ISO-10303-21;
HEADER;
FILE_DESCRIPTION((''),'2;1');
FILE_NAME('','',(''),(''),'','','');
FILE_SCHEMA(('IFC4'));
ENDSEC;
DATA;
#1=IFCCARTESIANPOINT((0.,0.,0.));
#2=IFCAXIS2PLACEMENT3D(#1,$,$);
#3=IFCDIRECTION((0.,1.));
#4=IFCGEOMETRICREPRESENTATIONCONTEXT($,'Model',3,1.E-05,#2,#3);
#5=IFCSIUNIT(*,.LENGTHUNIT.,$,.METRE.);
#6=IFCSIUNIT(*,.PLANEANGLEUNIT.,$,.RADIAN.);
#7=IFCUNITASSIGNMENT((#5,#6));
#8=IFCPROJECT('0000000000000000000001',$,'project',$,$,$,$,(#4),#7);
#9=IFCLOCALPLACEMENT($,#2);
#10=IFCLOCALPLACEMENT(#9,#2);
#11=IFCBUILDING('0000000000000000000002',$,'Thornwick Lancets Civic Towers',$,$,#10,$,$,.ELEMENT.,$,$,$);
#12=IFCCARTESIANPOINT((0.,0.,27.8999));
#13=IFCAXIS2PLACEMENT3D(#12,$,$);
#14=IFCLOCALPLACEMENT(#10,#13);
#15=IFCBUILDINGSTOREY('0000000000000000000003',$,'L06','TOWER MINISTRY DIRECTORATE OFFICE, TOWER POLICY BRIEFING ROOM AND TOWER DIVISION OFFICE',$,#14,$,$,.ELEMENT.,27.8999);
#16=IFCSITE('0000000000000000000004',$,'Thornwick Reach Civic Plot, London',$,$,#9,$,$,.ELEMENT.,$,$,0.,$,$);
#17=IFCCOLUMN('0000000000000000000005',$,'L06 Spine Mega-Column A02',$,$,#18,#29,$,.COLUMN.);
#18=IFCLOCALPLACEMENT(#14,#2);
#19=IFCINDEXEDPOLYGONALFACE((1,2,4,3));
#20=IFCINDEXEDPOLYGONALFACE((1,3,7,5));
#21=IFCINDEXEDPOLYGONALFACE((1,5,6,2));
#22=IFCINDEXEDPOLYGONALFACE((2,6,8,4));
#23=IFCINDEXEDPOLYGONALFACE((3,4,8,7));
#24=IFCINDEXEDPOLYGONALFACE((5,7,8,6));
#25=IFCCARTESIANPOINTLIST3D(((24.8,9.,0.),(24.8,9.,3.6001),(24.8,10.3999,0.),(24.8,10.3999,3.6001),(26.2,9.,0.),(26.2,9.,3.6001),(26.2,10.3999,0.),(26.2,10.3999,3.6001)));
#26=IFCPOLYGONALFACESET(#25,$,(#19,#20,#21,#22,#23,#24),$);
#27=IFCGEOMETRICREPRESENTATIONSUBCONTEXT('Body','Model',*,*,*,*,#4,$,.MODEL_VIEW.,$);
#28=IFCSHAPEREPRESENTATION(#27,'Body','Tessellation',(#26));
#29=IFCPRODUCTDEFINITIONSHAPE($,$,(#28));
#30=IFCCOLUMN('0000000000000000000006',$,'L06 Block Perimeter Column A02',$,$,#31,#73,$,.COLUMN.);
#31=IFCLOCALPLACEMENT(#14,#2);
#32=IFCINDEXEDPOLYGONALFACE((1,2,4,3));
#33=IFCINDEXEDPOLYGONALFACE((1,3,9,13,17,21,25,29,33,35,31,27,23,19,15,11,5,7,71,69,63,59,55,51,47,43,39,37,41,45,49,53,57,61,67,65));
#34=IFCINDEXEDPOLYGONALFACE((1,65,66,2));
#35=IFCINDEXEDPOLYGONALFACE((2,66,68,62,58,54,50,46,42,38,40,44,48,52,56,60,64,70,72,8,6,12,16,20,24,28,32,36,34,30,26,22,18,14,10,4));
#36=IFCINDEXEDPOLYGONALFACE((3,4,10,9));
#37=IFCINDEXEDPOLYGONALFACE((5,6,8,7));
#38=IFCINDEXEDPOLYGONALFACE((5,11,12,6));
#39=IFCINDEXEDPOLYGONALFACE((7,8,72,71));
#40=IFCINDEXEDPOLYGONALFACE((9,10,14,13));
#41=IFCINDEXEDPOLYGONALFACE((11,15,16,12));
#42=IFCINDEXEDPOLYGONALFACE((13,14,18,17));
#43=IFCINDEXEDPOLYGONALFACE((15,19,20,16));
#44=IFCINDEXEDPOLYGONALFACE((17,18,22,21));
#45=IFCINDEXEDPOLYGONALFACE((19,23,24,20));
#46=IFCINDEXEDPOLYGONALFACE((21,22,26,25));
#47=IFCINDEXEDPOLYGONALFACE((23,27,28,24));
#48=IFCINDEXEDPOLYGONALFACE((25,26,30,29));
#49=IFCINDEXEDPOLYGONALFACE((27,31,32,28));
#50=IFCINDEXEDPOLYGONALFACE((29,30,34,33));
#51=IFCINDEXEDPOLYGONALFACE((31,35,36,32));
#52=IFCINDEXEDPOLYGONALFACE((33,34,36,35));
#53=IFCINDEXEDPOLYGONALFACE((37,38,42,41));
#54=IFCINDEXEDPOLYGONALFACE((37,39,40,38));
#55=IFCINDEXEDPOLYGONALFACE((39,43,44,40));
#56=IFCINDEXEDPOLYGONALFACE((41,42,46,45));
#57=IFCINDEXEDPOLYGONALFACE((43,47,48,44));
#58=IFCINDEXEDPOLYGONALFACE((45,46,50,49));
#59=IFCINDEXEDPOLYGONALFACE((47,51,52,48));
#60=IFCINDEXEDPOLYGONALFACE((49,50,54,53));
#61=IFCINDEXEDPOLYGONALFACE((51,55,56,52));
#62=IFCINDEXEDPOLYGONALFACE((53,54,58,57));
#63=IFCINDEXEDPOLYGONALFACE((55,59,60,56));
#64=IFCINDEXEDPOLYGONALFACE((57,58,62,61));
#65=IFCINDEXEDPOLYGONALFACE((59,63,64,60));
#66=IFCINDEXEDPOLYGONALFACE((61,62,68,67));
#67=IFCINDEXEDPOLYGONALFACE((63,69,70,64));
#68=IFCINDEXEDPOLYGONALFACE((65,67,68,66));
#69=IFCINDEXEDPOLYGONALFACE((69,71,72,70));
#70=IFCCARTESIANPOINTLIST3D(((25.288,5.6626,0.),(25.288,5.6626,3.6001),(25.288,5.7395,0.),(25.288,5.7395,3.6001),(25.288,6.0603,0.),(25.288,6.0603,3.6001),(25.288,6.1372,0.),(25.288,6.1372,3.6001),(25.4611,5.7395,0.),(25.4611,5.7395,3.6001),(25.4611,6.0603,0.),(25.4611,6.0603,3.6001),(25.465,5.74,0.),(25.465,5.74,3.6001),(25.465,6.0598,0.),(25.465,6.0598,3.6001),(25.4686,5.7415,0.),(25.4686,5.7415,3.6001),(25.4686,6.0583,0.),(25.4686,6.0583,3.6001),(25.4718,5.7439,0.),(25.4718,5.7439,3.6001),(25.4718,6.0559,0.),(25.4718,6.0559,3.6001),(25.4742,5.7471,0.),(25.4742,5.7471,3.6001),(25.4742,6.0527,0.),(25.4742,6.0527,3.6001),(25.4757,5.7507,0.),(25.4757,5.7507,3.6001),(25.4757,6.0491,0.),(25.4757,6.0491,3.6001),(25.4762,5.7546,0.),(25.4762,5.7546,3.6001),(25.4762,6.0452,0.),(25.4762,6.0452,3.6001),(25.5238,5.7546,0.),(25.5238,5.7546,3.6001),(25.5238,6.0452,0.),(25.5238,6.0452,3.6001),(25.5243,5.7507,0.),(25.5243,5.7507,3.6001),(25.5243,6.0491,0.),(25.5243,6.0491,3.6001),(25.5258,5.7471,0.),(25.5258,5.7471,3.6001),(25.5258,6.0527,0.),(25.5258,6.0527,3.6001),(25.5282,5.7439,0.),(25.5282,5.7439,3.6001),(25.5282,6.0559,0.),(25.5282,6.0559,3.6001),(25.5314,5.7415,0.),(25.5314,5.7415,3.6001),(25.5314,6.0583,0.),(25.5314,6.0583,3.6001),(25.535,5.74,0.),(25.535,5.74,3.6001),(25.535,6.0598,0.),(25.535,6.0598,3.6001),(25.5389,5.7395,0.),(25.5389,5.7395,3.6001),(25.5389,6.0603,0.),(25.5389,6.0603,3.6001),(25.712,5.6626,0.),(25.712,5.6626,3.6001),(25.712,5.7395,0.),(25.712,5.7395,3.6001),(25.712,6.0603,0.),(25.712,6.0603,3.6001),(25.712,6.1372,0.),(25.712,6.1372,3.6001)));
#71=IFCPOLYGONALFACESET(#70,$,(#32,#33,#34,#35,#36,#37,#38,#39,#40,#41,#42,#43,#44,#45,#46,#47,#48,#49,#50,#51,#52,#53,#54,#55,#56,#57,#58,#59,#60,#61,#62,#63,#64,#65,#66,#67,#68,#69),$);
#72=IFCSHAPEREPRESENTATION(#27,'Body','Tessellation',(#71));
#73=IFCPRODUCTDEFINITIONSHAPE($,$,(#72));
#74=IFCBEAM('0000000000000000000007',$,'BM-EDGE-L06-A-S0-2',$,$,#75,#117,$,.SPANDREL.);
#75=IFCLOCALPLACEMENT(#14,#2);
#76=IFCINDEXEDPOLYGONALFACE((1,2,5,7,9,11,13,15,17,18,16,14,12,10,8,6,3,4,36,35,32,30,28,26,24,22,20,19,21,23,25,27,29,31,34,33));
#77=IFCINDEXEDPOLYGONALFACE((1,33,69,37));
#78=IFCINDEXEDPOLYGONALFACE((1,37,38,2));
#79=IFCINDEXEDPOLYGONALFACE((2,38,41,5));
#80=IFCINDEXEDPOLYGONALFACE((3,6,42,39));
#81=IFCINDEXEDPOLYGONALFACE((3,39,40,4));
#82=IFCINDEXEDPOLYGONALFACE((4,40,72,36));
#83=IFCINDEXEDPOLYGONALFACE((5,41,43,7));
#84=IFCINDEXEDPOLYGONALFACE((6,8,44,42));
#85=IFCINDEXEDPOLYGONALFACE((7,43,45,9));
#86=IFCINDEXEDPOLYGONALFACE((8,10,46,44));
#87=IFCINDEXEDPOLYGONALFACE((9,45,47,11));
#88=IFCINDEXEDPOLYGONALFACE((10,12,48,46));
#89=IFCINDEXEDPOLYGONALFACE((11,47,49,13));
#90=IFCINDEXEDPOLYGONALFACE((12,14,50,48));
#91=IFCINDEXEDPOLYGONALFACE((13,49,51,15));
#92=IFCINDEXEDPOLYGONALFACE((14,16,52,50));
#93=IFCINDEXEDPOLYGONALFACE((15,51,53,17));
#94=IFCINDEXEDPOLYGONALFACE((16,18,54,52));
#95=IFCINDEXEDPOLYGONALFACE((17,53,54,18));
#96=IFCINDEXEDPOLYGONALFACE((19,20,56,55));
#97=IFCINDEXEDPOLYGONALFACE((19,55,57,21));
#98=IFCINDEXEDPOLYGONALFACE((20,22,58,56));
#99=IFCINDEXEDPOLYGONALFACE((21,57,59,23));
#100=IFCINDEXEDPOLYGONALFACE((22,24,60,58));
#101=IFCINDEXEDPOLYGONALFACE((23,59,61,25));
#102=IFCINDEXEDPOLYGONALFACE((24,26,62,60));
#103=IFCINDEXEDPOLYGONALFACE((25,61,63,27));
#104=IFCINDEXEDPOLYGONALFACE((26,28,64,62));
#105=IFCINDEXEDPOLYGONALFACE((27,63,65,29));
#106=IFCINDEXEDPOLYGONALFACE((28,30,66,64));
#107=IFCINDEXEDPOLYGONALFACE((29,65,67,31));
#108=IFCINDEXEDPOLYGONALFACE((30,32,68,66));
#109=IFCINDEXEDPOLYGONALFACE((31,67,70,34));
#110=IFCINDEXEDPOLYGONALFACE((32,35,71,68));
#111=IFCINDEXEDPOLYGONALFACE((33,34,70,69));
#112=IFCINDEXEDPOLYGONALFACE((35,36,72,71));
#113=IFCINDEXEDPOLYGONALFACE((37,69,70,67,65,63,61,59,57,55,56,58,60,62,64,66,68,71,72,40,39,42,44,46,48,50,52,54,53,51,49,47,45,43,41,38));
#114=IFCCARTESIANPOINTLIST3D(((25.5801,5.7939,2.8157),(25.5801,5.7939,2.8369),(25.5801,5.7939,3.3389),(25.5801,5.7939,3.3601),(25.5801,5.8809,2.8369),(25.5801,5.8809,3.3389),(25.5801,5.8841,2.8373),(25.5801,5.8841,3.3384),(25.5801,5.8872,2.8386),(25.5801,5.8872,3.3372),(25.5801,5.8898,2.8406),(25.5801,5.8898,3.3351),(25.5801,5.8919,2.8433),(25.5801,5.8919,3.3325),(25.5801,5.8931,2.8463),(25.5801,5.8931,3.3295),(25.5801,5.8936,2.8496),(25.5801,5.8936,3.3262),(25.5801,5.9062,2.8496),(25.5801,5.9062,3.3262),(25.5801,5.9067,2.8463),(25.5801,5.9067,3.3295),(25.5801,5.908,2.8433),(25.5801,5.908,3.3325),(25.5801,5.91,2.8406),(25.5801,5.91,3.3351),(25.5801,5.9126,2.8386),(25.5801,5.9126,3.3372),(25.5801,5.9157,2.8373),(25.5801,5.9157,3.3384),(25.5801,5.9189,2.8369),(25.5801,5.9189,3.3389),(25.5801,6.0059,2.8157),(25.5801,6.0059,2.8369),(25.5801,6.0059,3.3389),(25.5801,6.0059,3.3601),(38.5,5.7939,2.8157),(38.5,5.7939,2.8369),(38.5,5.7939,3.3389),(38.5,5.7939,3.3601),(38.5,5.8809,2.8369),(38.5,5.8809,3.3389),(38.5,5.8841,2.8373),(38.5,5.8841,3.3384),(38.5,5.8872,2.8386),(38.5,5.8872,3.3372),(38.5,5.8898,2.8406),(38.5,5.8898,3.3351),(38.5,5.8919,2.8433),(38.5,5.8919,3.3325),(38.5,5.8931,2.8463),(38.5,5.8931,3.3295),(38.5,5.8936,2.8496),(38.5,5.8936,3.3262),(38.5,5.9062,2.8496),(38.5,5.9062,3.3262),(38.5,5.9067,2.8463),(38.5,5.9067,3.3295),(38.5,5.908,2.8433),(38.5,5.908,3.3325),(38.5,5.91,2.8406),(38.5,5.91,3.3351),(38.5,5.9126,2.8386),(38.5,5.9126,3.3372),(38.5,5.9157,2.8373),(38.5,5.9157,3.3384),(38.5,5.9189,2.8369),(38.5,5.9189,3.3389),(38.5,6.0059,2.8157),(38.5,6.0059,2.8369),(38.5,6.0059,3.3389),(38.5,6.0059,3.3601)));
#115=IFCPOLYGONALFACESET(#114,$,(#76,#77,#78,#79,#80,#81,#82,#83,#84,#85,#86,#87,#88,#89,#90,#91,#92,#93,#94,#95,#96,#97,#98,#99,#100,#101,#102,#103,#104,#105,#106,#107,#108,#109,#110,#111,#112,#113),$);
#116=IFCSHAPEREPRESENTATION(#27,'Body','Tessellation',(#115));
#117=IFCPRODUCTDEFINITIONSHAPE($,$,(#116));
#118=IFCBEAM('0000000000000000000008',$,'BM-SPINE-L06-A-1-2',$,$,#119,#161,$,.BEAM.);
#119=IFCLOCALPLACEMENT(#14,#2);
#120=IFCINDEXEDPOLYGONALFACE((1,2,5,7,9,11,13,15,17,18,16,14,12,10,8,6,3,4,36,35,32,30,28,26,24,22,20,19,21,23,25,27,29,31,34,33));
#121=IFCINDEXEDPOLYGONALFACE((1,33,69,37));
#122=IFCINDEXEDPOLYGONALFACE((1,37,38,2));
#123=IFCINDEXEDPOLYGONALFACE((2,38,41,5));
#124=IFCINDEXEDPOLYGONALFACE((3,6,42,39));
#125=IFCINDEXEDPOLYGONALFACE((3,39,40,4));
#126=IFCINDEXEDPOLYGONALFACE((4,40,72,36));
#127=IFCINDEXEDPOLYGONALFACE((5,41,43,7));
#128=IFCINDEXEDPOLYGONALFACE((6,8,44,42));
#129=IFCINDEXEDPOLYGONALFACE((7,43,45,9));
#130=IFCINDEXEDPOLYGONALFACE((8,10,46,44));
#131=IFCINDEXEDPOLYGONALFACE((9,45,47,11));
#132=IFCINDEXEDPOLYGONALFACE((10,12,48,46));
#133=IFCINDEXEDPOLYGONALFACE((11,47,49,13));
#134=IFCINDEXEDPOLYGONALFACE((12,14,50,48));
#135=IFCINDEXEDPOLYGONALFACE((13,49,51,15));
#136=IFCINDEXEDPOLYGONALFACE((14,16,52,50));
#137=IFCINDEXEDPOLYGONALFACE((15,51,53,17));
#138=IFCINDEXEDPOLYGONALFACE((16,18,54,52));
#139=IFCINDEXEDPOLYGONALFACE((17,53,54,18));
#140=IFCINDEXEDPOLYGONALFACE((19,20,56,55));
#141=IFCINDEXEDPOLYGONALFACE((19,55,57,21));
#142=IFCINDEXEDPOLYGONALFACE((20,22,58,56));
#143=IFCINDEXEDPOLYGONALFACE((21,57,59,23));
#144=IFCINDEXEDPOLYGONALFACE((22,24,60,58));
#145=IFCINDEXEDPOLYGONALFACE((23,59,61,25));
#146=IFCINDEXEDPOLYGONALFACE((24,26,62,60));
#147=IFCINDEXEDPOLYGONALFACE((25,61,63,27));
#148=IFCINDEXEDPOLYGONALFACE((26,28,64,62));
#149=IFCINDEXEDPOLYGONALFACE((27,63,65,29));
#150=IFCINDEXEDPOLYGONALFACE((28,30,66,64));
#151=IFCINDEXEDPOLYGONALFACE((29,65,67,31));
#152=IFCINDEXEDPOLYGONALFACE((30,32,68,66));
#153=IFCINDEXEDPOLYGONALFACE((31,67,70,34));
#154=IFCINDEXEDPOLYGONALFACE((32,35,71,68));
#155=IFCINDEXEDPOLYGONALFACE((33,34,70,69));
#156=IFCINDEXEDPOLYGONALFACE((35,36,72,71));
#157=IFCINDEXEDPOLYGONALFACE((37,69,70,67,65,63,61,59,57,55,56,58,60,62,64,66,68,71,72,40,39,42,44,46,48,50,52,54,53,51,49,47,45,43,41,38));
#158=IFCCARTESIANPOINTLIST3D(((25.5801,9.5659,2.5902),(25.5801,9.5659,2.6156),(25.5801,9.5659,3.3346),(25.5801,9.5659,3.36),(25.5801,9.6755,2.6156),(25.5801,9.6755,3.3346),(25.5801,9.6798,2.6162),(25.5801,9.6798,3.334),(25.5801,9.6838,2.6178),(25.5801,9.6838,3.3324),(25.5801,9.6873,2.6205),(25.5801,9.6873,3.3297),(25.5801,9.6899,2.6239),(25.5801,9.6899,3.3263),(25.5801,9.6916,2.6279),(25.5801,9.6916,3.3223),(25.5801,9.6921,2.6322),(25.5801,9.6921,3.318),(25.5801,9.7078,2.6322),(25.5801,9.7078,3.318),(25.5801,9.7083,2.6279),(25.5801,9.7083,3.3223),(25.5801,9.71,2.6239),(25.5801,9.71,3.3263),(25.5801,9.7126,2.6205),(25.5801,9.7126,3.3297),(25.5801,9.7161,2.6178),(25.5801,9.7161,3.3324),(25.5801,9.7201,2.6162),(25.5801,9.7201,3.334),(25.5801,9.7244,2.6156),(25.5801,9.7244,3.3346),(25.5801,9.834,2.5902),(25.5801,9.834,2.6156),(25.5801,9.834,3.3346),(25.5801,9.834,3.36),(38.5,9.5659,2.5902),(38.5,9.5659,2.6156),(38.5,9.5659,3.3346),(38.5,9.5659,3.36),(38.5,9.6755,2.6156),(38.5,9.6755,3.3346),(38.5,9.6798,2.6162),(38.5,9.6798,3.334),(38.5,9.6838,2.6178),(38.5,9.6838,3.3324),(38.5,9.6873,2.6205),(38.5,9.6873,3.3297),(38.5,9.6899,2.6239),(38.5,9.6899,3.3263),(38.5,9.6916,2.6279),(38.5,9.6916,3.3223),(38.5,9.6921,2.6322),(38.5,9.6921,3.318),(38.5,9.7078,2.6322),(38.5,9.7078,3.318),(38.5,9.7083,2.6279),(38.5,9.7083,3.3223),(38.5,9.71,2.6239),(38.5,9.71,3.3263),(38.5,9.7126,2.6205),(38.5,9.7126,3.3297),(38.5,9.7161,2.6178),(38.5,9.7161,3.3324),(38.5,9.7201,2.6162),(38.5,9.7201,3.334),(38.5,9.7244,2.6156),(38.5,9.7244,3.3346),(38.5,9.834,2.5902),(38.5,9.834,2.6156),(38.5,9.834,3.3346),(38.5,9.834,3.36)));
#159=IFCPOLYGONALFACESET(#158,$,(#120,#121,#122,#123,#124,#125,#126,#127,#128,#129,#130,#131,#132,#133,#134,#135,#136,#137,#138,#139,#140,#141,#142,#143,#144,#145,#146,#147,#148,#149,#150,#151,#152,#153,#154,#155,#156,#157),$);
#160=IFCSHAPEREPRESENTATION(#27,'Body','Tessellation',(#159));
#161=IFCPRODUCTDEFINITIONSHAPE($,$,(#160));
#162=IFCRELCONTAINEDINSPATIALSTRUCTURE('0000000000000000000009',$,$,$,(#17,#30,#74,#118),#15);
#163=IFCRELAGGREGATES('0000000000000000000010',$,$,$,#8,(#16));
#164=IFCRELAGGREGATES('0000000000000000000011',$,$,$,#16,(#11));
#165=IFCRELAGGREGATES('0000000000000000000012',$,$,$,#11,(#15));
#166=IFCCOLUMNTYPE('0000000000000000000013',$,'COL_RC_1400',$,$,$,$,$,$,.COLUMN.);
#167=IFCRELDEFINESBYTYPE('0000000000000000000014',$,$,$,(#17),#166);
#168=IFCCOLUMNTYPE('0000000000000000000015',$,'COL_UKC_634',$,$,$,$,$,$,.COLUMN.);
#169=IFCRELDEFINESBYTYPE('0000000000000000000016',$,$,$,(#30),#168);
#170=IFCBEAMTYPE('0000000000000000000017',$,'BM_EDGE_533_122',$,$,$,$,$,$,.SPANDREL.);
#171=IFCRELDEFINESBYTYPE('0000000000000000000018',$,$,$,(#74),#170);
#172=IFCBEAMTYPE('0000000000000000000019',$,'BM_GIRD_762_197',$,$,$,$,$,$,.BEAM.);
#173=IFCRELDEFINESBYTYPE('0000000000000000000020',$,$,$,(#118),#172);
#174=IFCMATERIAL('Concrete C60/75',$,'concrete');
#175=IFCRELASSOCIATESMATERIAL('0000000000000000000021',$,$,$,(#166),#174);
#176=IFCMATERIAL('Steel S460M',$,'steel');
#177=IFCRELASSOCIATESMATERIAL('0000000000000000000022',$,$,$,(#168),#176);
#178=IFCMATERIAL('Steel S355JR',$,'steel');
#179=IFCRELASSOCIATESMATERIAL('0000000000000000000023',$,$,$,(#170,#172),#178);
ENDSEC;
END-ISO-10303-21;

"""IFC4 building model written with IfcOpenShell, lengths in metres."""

from ifc_helpers import new_model, si_unit, direction, frame, origin, origin_2d, place, context, subcontext, project, spatial, rectangle, i_section, extrude, material, material_profile, profile_set, type_object, element, save


model = new_model("IFC4")

# Units and contexts
model_context = context("Model", 3, precision=1e-05, world=origin(), true_north=direction((0.0, 1.0)))
body_context = subcontext(model_context, "Body", "Model", "MODEL_VIEW")
ifc_project = project(units=[si_unit("LENGTHUNIT", "METRE"), si_unit("PLANEANGLEUNIT", "RADIAN")], contexts=[model_context])

# Site, building, storey
site_placement = place(None, origin())
site = spatial("IfcSite", under=ifc_project, at=site_placement, Name="Thornwick Reach Civic Plot, London", CompositionType="ELEMENT", RefElevation=0.0)
building_placement = place(site_placement, origin())
building = spatial("IfcBuilding", under=site, at=building_placement, Name="Thornwick Lancets Civic Towers", CompositionType="ELEMENT")
storey_placement = place(building_placement, frame((0.0, 0.0, 27.8999)))
storey = spatial("IfcBuildingStorey", under=building, at=storey_placement, Name="L06", Description="TOWER MINISTRY DIRECTORATE OFFICE, TOWER POLICY BRIEFING ROOM AND TOWER DIVISION OFFICE", CompositionType="ELEMENT", Elevation=27.8999)

# Columns
ifc_material_1 = material(Name="Concrete C60/75", Category="concrete")
ifc_material_profile_1 = material_profile(ifc_material_1, rectangle(XDim=1.3999, YDim=1.3999, at=origin_2d()), Name="RC 1400x1400")
ifc_profile_set_1 = profile_set([ifc_material_profile_1], Name="Concrete C60/75")
column_type_1 = type_object("IfcColumnType", Name="COL_RC_1400", PredefinedType="COLUMN", material=ifc_profile_set_1)
column_1_placement = place(storey_placement, frame((25.5, 9.7, 0.0), z_axis=(0.0, 0.0, 1.0), x_axis=(1.0, 0.0, 0.0)))
element("IfcColumn", 1, at=column_1_placement, inside=storey, type_object=column_type_1, Name="L06 Spine Mega-Column A02", PredefinedType="COLUMN", context=body_context, shape_type="SweptSolid", body=[
    extrude(rectangle(XDim=1.3999, YDim=1.3999, at=origin_2d()), origin(), (0.0, 0.0, 1.0), 3.6001),
])
ifc_material_2 = material(Name="Steel S460M", Category="steel")
ifc_material_profile_2 = material_profile(ifc_material_2, i_section(OverallWidth=0.4241, OverallDepth=0.4746, WebThickness=0.0476, FlangeThickness=0.0769, FilletRadius=0.0151, at=origin_2d()), Name="UKC 356x406x634")
ifc_profile_set_2 = profile_set([ifc_material_profile_2], Name="Steel S460M")
column_type_2 = type_object("IfcColumnType", Name="COL_UKC_634", PredefinedType="COLUMN", material=ifc_profile_set_2)
column_2_placement = place(storey_placement, frame((25.5, 5.8999, 0.0), z_axis=(0.0, 0.0, 1.0), x_axis=(1.0, 0.0, 0.0)))
element("IfcColumn", 2, at=column_2_placement, inside=storey, type_object=column_type_2, Name="L06 Block Perimeter Column A02", PredefinedType="COLUMN", context=body_context, shape_type="SweptSolid", body=[
    extrude(i_section(OverallWidth=0.4241, OverallDepth=0.4746, WebThickness=0.0476, FlangeThickness=0.0769, FilletRadius=0.0151, at=origin_2d()), origin(), (0.0, 0.0, 1.0), 3.6001),
])

# Beams
ifc_material_3 = material(Name="Steel S355JR", Category="steel")
ifc_material_profile_3 = material_profile(ifc_material_3, i_section(OverallWidth=0.2119, OverallDepth=0.5444, WebThickness=0.0127, FlangeThickness=0.0212, FilletRadius=0.0127, at=origin_2d()), Name="UKB 533x210x122")
ifc_profile_set_3 = profile_set([ifc_material_profile_3], Name="Steel S355JR")
beam_type_1 = type_object("IfcBeamType", Name="BM_EDGE_533_122", PredefinedType="SPANDREL", material=ifc_profile_set_3)
beam_1_placement = place(storey_placement, frame((25.5801, 5.8999, 3.0879), z_axis=(1.0, 0.0, 0.0), x_axis=(0.0, 1.0, 0.0)))
element("IfcBeam", 3, at=beam_1_placement, inside=storey, type_object=beam_type_1, Name="BM-EDGE-L06-A-S0-2", PredefinedType="SPANDREL", context=body_context, shape_type="SweptSolid", body=[
    extrude(i_section(OverallWidth=0.2119, OverallDepth=0.5444, WebThickness=0.0127, FlangeThickness=0.0212, FilletRadius=0.0127, at=origin_2d()), origin(), (0.0, 0.0, 1.0), 12.9199),
])
ifc_material_profile_4 = material_profile(ifc_material_3, i_section(OverallWidth=0.2681, OverallDepth=0.7698, WebThickness=0.0156, FlangeThickness=0.0254, FilletRadius=0.0166, at=origin_2d()), Name="UKB 762x267x197")
ifc_profile_set_4 = profile_set([ifc_material_profile_4], Name="Steel S355JR")
beam_type_2 = type_object("IfcBeamType", Name="BM_GIRD_762_197", PredefinedType="BEAM", material=ifc_profile_set_4)
beam_2_placement = place(storey_placement, frame((25.5801, 9.7, 2.9751), z_axis=(1.0, 0.0, 0.0), x_axis=(0.0, 1.0, 0.0)))
element("IfcBeam", 4, at=beam_2_placement, inside=storey, type_object=beam_type_2, Name="BM-SPINE-L06-A-1-2", PredefinedType="BEAM", context=body_context, shape_type="SweptSolid", body=[
    extrude(i_section(OverallWidth=0.2681, OverallDepth=0.7698, WebThickness=0.0156, FlangeThickness=0.0254, FilletRadius=0.0166, at=origin_2d()), origin(), (0.0, 0.0, 1.0), 12.9199),
])

save(model, "model.ifc")
